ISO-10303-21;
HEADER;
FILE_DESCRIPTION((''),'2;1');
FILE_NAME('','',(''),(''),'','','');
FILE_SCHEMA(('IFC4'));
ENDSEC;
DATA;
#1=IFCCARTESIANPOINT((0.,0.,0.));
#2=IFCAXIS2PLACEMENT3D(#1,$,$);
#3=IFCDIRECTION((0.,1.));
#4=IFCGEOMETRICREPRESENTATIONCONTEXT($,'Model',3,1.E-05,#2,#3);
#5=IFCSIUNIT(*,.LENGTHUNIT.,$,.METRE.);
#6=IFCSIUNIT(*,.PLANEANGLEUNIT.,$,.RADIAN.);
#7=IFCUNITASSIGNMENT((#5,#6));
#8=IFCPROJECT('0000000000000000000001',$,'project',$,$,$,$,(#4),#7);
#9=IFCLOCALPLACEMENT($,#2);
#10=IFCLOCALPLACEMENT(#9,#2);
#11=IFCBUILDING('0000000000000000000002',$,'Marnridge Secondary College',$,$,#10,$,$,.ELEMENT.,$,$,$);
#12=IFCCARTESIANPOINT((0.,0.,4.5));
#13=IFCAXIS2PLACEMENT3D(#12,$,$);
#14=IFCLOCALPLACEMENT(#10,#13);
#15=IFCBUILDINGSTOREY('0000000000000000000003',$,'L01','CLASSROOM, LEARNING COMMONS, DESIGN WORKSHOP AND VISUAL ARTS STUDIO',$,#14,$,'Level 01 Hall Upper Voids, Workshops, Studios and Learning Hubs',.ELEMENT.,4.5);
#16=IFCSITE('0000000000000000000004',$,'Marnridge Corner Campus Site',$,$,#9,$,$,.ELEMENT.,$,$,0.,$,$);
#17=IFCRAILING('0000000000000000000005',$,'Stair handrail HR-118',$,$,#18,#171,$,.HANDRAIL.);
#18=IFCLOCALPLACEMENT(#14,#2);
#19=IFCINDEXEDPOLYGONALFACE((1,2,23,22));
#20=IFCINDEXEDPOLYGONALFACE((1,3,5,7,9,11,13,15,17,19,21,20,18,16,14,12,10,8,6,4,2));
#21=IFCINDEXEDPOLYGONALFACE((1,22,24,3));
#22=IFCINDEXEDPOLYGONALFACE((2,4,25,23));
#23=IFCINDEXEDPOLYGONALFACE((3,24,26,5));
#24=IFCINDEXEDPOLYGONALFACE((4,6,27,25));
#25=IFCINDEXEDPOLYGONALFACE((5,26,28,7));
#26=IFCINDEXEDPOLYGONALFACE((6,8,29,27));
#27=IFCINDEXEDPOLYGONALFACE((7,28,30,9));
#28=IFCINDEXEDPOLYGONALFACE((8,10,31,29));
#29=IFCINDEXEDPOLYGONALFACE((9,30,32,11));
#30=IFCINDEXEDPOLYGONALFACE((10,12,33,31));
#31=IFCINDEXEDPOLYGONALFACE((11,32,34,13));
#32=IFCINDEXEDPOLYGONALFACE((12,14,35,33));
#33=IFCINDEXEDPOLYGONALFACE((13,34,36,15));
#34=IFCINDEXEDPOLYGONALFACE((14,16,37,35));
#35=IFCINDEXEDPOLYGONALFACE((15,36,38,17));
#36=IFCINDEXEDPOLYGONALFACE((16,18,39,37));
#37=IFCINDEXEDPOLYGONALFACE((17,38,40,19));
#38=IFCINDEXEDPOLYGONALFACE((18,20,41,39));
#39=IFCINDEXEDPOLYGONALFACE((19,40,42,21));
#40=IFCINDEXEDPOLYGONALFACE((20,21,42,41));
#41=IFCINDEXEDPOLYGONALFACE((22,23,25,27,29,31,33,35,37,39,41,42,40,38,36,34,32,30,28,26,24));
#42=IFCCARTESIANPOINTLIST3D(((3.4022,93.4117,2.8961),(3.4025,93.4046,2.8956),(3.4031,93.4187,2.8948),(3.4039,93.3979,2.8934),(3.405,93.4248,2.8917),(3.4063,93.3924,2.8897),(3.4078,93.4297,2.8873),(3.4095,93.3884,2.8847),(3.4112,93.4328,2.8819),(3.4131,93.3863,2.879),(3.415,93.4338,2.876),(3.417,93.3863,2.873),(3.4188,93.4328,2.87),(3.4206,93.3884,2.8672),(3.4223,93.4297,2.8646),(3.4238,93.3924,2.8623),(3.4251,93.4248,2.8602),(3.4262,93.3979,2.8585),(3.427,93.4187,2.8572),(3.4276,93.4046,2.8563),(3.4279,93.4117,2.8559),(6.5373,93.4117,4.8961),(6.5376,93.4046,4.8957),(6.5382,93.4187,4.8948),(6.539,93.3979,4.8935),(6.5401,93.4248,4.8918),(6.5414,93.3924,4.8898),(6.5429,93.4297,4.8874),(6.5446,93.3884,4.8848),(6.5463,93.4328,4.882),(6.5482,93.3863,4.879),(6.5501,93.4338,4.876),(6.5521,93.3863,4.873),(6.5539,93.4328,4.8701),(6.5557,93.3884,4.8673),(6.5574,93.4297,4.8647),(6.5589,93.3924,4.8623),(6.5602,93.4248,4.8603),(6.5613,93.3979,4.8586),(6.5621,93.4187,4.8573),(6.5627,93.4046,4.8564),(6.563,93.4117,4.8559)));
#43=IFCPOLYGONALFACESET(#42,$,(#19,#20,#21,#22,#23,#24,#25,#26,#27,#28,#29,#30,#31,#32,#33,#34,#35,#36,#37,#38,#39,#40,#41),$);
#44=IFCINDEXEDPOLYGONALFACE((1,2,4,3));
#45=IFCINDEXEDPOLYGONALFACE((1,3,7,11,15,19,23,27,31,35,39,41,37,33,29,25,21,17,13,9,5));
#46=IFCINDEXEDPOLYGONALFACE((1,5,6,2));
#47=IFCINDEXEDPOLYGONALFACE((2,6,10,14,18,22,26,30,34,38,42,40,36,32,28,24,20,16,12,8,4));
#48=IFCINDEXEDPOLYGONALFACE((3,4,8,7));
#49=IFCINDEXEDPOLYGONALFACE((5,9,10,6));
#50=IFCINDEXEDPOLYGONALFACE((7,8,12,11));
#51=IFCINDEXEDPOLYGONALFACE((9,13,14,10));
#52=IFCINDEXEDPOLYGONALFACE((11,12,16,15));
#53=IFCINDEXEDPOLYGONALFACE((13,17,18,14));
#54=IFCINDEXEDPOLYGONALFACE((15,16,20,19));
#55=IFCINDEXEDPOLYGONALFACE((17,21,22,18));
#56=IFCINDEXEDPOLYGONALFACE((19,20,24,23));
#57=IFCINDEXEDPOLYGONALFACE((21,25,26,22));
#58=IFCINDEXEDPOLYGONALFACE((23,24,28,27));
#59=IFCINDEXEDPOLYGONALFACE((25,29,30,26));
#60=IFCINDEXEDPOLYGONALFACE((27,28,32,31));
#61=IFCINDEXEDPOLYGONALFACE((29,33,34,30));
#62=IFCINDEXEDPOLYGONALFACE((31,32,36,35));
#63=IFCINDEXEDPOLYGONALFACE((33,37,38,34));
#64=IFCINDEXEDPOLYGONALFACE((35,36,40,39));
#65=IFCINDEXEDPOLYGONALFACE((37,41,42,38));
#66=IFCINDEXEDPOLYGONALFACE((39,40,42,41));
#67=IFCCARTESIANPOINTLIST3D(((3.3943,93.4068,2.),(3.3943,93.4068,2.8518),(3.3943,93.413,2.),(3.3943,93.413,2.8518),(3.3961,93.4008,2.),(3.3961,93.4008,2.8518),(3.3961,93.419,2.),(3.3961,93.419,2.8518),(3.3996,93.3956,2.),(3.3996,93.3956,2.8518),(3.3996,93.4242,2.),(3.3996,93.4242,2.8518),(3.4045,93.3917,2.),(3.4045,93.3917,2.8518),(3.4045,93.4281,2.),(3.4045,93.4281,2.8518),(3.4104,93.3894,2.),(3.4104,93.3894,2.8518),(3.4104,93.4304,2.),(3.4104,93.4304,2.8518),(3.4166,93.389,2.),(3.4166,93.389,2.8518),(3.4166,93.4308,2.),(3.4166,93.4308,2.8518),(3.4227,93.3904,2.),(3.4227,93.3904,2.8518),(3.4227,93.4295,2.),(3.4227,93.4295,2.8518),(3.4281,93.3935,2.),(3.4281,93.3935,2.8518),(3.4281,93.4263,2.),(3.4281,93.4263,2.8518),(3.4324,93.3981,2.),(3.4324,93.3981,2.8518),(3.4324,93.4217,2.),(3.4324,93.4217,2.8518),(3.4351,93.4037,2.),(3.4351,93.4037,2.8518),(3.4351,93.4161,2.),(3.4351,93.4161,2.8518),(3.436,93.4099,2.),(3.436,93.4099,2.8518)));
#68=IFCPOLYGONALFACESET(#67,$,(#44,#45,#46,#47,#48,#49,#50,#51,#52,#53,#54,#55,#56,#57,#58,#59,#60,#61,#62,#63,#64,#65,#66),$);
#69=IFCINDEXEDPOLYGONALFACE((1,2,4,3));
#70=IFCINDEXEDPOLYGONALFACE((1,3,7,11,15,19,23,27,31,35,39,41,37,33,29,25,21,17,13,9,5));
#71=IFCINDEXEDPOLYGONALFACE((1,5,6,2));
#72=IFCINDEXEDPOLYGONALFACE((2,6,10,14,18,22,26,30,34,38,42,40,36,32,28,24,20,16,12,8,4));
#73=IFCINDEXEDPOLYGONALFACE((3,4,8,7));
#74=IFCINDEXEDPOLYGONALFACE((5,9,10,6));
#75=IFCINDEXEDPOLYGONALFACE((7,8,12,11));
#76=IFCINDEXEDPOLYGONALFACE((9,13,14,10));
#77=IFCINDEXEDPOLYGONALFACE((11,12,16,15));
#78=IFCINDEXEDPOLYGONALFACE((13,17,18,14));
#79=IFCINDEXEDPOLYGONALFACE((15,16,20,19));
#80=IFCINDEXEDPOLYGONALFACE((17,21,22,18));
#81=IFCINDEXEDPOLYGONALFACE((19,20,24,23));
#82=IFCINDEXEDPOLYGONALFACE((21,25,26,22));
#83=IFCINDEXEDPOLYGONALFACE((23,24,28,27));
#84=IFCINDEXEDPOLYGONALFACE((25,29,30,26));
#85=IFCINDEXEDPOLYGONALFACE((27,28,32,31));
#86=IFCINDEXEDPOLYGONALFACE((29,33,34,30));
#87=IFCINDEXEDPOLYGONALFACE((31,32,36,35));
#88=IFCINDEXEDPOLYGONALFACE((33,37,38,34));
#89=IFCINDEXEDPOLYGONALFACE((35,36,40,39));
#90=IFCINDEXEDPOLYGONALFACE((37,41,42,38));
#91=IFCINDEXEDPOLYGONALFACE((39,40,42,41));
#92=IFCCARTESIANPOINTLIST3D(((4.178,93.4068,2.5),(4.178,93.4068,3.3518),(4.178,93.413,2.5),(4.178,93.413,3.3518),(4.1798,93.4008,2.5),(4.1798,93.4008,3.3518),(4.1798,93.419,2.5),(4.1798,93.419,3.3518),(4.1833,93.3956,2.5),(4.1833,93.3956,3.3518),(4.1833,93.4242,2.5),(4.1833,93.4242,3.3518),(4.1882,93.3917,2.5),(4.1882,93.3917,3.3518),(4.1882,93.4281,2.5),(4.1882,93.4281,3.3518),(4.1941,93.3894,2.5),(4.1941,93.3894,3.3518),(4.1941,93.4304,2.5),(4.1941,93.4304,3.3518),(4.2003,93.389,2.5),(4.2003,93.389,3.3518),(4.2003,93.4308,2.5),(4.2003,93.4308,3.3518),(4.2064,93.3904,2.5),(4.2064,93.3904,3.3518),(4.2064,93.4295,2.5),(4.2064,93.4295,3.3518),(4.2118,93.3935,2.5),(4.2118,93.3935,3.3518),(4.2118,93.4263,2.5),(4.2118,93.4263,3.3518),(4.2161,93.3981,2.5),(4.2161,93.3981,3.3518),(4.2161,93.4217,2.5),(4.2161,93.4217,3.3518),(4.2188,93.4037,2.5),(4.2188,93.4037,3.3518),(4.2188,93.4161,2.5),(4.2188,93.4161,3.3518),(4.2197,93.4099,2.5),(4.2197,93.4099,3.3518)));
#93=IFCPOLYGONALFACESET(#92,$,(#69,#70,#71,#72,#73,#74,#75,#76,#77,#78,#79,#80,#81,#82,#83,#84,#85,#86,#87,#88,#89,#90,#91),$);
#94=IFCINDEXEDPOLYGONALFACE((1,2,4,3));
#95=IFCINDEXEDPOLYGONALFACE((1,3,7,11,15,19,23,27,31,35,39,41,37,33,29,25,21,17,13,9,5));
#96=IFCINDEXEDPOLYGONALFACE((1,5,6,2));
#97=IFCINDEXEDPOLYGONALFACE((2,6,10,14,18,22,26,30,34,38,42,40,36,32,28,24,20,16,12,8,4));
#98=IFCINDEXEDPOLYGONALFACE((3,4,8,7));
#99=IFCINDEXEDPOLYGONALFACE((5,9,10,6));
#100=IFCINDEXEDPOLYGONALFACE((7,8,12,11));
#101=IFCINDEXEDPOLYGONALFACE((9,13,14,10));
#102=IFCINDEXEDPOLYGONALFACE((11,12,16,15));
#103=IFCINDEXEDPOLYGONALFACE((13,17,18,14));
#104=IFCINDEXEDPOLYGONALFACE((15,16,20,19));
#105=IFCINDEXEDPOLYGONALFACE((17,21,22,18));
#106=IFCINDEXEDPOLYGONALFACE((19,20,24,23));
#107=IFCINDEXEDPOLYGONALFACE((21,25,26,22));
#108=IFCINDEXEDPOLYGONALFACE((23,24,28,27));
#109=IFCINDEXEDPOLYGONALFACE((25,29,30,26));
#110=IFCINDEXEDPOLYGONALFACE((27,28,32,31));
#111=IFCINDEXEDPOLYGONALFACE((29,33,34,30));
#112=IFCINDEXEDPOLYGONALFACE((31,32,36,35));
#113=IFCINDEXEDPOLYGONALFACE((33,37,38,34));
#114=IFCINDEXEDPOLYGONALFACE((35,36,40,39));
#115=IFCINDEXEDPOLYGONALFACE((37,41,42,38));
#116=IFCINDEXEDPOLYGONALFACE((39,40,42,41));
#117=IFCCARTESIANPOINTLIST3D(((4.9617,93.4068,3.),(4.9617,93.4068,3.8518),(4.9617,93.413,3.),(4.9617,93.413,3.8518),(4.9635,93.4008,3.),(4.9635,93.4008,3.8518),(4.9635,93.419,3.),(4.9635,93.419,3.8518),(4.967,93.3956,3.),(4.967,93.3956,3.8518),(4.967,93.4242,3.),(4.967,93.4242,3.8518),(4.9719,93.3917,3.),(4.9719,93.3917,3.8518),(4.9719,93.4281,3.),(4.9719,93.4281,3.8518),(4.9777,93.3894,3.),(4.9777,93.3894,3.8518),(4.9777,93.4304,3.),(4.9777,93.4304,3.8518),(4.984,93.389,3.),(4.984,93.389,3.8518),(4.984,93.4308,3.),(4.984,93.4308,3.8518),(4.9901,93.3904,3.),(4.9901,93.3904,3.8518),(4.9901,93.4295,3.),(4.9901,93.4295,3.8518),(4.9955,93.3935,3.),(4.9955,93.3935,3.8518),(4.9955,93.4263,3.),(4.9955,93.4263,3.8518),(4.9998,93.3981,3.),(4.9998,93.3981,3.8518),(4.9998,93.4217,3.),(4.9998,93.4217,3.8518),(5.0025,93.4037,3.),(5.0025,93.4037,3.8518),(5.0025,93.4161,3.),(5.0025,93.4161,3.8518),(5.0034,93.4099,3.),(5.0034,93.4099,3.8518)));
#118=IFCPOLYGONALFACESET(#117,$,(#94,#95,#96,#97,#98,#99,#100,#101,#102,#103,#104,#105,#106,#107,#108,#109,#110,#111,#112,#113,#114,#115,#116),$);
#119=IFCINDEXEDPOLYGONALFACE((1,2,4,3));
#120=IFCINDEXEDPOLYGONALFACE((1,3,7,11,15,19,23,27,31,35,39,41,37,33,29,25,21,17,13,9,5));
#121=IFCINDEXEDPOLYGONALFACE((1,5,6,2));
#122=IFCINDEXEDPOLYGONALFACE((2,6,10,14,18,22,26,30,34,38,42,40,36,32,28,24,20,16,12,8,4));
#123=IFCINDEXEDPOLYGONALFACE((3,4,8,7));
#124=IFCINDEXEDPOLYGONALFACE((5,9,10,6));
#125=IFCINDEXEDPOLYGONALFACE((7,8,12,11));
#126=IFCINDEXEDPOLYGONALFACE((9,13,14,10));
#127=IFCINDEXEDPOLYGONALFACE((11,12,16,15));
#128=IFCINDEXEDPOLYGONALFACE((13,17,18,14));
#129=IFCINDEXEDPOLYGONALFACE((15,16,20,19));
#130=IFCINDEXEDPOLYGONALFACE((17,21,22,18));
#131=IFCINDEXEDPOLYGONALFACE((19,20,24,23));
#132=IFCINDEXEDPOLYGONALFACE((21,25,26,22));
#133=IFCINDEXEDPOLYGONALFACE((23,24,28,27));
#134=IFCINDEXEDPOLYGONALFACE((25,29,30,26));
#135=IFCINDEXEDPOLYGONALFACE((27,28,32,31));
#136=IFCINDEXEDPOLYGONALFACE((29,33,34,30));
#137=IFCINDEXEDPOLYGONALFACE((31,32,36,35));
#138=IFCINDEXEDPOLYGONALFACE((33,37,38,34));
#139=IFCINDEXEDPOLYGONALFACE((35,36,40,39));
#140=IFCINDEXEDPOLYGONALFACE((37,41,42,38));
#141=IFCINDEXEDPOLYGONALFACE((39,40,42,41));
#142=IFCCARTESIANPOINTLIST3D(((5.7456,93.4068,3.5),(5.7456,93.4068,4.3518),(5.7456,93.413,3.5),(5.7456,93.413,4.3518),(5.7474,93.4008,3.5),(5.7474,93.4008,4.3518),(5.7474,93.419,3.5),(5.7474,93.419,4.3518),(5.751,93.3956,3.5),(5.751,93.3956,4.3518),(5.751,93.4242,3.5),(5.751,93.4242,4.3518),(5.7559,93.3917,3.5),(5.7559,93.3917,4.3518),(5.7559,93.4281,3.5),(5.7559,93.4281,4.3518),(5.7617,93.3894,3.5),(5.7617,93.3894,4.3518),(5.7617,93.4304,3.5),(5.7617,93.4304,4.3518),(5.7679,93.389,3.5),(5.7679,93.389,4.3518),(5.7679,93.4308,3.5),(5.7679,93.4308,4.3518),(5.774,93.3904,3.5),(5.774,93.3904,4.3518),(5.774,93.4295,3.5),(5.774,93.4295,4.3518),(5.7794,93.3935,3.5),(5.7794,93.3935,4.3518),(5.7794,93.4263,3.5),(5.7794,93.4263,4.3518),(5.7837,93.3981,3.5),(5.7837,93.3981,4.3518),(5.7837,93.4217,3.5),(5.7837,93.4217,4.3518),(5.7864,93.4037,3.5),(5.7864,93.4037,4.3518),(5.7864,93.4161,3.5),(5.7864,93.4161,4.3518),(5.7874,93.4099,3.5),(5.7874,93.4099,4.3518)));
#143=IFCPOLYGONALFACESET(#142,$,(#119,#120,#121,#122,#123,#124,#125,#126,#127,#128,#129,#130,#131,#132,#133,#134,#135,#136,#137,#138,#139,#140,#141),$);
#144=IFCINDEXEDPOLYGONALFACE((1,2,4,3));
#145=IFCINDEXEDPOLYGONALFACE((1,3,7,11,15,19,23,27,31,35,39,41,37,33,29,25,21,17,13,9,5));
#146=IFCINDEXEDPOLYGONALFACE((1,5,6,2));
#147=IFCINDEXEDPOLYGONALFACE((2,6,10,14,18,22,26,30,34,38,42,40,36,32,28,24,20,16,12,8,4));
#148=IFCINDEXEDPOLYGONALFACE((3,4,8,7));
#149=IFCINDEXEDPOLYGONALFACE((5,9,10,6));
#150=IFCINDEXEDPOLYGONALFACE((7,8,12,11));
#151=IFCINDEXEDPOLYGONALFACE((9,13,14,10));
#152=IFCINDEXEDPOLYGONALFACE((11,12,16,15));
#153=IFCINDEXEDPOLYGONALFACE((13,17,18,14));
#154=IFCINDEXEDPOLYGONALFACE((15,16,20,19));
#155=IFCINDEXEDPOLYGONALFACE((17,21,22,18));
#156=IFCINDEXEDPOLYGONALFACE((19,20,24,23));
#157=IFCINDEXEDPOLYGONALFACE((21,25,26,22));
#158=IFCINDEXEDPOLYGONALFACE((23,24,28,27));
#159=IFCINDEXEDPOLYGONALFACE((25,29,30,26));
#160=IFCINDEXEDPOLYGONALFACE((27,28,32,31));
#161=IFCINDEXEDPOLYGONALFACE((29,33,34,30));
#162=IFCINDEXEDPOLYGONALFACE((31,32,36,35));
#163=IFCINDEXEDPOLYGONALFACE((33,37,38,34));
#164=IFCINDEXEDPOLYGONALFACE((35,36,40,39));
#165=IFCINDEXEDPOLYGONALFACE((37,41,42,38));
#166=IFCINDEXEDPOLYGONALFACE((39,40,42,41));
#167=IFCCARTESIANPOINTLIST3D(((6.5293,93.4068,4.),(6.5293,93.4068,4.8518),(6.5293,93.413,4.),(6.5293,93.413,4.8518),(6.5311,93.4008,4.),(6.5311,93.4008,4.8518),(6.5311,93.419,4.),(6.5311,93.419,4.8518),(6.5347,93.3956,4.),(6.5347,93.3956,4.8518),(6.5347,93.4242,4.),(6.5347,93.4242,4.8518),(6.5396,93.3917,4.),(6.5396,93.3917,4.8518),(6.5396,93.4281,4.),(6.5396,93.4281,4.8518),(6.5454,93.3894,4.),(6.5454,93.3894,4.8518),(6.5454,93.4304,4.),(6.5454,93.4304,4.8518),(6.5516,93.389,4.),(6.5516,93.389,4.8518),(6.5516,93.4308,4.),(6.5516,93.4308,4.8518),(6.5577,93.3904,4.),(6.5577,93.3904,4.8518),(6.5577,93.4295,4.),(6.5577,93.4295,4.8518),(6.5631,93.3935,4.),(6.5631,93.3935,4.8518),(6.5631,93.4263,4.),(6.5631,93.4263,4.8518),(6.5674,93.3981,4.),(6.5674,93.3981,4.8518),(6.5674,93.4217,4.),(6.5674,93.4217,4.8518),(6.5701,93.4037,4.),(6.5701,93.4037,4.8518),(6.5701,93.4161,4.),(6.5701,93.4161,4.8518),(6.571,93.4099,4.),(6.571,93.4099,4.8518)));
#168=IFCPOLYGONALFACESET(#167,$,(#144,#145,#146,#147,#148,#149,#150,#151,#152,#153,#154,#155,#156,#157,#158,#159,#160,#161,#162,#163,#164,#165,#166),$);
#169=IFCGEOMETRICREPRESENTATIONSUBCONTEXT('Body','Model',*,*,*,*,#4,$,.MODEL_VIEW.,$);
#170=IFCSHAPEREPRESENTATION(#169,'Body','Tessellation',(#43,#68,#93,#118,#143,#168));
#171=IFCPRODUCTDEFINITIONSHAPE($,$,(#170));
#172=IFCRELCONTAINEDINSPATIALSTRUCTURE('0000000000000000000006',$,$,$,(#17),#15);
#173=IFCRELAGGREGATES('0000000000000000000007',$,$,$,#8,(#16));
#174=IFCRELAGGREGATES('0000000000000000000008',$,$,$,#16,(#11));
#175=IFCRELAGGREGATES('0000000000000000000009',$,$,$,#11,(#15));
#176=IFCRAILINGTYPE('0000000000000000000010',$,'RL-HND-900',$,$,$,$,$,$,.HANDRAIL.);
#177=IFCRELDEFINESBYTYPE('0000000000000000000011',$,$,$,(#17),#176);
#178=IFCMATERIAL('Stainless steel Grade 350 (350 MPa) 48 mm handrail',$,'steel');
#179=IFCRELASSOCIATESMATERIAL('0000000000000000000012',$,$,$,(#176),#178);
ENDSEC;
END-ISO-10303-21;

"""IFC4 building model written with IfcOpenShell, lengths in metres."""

from ifc_helpers import new_model, si_unit, direction, frame, origin, origin_2d, place, context, subcontext, project, spatial, circle, extrude, material, type_object, element, save


model = new_model("IFC4")

# Units and contexts
model_context = context("Model", 3, precision=1e-05, world=origin(), true_north=direction((0.0, 1.0)))
body_context = subcontext(model_context, "Body", "Model", "MODEL_VIEW")
ifc_project = project(units=[si_unit("LENGTHUNIT", "METRE"), si_unit("PLANEANGLEUNIT", "RADIAN")], contexts=[model_context])

# Site, building, storey
site_placement = place(None, origin())
site = spatial("IfcSite", under=ifc_project, at=site_placement, Name="Marnridge Corner Campus Site", CompositionType="ELEMENT", RefElevation=0.0)
building_placement = place(site_placement, origin())
building = spatial("IfcBuilding", under=site, at=building_placement, Name="Marnridge Secondary College", CompositionType="ELEMENT")
storey_placement = place(building_placement, frame((0.0, 0.0, 4.5)))
storey = spatial("IfcBuildingStorey", under=building, at=storey_placement, Name="L01", Description="CLASSROOM, LEARNING COMMONS, DESIGN WORKSHOP AND VISUAL ARTS STUDIO", LongName="Level 01 Hall Upper Voids, Workshops, Studios and Learning Hubs", CompositionType="ELEMENT", Elevation=4.5)

# Railing
ifc_material_1 = material(Name="Stainless steel Grade 350 (350 MPa) 48 mm handrail", Category="steel")
railing_type_1 = type_object("IfcRailingType", Name="RL-HND-900", PredefinedType="HANDRAIL", material=ifc_material_1)
for number, where, name in (
    (1, (3.415, 93.4099, 2.0), "Stair handrail HR-118"),
):
    element("IfcRailing", number, at=place(storey_placement, frame(where)), inside=storey, type_object=railing_type_1, Name=name, PredefinedType="HANDRAIL", context=body_context, shape_type="SweptSolid", body=[
        extrude(circle(Radius=0.0239, at=origin_2d()), frame((0.0, 0.0, 0.876), z_axis=(0.843053, 0.0, 0.537831), x_axis=(0.0, 1.0, 0.0)), (0.0, 0.0, 1.0), 3.7188),
        extrude(circle(Radius=0.021, at=origin_2d()), origin(), (0.0, 0.0, 1.0), 0.8518),
        extrude(circle(Radius=0.021, at=origin_2d()), frame((0.7837, 0.0, 0.5)), (0.0, 0.0, 1.0), 0.8518),
        extrude(circle(Radius=0.021, at=origin_2d()), frame((1.5674, 0.0, 1.0)), (0.0, 0.0, 1.0), 0.8518),
        extrude(circle(Radius=0.021, at=origin_2d()), frame((2.3513, 0.0, 1.5)), (0.0, 0.0, 1.0), 0.8518),
        extrude(circle(Radius=0.021, at=origin_2d()), frame((3.135, 0.0, 2.0)), (0.0, 0.0, 1.0), 0.8518),
    ])

save(model, "model.ifc")
